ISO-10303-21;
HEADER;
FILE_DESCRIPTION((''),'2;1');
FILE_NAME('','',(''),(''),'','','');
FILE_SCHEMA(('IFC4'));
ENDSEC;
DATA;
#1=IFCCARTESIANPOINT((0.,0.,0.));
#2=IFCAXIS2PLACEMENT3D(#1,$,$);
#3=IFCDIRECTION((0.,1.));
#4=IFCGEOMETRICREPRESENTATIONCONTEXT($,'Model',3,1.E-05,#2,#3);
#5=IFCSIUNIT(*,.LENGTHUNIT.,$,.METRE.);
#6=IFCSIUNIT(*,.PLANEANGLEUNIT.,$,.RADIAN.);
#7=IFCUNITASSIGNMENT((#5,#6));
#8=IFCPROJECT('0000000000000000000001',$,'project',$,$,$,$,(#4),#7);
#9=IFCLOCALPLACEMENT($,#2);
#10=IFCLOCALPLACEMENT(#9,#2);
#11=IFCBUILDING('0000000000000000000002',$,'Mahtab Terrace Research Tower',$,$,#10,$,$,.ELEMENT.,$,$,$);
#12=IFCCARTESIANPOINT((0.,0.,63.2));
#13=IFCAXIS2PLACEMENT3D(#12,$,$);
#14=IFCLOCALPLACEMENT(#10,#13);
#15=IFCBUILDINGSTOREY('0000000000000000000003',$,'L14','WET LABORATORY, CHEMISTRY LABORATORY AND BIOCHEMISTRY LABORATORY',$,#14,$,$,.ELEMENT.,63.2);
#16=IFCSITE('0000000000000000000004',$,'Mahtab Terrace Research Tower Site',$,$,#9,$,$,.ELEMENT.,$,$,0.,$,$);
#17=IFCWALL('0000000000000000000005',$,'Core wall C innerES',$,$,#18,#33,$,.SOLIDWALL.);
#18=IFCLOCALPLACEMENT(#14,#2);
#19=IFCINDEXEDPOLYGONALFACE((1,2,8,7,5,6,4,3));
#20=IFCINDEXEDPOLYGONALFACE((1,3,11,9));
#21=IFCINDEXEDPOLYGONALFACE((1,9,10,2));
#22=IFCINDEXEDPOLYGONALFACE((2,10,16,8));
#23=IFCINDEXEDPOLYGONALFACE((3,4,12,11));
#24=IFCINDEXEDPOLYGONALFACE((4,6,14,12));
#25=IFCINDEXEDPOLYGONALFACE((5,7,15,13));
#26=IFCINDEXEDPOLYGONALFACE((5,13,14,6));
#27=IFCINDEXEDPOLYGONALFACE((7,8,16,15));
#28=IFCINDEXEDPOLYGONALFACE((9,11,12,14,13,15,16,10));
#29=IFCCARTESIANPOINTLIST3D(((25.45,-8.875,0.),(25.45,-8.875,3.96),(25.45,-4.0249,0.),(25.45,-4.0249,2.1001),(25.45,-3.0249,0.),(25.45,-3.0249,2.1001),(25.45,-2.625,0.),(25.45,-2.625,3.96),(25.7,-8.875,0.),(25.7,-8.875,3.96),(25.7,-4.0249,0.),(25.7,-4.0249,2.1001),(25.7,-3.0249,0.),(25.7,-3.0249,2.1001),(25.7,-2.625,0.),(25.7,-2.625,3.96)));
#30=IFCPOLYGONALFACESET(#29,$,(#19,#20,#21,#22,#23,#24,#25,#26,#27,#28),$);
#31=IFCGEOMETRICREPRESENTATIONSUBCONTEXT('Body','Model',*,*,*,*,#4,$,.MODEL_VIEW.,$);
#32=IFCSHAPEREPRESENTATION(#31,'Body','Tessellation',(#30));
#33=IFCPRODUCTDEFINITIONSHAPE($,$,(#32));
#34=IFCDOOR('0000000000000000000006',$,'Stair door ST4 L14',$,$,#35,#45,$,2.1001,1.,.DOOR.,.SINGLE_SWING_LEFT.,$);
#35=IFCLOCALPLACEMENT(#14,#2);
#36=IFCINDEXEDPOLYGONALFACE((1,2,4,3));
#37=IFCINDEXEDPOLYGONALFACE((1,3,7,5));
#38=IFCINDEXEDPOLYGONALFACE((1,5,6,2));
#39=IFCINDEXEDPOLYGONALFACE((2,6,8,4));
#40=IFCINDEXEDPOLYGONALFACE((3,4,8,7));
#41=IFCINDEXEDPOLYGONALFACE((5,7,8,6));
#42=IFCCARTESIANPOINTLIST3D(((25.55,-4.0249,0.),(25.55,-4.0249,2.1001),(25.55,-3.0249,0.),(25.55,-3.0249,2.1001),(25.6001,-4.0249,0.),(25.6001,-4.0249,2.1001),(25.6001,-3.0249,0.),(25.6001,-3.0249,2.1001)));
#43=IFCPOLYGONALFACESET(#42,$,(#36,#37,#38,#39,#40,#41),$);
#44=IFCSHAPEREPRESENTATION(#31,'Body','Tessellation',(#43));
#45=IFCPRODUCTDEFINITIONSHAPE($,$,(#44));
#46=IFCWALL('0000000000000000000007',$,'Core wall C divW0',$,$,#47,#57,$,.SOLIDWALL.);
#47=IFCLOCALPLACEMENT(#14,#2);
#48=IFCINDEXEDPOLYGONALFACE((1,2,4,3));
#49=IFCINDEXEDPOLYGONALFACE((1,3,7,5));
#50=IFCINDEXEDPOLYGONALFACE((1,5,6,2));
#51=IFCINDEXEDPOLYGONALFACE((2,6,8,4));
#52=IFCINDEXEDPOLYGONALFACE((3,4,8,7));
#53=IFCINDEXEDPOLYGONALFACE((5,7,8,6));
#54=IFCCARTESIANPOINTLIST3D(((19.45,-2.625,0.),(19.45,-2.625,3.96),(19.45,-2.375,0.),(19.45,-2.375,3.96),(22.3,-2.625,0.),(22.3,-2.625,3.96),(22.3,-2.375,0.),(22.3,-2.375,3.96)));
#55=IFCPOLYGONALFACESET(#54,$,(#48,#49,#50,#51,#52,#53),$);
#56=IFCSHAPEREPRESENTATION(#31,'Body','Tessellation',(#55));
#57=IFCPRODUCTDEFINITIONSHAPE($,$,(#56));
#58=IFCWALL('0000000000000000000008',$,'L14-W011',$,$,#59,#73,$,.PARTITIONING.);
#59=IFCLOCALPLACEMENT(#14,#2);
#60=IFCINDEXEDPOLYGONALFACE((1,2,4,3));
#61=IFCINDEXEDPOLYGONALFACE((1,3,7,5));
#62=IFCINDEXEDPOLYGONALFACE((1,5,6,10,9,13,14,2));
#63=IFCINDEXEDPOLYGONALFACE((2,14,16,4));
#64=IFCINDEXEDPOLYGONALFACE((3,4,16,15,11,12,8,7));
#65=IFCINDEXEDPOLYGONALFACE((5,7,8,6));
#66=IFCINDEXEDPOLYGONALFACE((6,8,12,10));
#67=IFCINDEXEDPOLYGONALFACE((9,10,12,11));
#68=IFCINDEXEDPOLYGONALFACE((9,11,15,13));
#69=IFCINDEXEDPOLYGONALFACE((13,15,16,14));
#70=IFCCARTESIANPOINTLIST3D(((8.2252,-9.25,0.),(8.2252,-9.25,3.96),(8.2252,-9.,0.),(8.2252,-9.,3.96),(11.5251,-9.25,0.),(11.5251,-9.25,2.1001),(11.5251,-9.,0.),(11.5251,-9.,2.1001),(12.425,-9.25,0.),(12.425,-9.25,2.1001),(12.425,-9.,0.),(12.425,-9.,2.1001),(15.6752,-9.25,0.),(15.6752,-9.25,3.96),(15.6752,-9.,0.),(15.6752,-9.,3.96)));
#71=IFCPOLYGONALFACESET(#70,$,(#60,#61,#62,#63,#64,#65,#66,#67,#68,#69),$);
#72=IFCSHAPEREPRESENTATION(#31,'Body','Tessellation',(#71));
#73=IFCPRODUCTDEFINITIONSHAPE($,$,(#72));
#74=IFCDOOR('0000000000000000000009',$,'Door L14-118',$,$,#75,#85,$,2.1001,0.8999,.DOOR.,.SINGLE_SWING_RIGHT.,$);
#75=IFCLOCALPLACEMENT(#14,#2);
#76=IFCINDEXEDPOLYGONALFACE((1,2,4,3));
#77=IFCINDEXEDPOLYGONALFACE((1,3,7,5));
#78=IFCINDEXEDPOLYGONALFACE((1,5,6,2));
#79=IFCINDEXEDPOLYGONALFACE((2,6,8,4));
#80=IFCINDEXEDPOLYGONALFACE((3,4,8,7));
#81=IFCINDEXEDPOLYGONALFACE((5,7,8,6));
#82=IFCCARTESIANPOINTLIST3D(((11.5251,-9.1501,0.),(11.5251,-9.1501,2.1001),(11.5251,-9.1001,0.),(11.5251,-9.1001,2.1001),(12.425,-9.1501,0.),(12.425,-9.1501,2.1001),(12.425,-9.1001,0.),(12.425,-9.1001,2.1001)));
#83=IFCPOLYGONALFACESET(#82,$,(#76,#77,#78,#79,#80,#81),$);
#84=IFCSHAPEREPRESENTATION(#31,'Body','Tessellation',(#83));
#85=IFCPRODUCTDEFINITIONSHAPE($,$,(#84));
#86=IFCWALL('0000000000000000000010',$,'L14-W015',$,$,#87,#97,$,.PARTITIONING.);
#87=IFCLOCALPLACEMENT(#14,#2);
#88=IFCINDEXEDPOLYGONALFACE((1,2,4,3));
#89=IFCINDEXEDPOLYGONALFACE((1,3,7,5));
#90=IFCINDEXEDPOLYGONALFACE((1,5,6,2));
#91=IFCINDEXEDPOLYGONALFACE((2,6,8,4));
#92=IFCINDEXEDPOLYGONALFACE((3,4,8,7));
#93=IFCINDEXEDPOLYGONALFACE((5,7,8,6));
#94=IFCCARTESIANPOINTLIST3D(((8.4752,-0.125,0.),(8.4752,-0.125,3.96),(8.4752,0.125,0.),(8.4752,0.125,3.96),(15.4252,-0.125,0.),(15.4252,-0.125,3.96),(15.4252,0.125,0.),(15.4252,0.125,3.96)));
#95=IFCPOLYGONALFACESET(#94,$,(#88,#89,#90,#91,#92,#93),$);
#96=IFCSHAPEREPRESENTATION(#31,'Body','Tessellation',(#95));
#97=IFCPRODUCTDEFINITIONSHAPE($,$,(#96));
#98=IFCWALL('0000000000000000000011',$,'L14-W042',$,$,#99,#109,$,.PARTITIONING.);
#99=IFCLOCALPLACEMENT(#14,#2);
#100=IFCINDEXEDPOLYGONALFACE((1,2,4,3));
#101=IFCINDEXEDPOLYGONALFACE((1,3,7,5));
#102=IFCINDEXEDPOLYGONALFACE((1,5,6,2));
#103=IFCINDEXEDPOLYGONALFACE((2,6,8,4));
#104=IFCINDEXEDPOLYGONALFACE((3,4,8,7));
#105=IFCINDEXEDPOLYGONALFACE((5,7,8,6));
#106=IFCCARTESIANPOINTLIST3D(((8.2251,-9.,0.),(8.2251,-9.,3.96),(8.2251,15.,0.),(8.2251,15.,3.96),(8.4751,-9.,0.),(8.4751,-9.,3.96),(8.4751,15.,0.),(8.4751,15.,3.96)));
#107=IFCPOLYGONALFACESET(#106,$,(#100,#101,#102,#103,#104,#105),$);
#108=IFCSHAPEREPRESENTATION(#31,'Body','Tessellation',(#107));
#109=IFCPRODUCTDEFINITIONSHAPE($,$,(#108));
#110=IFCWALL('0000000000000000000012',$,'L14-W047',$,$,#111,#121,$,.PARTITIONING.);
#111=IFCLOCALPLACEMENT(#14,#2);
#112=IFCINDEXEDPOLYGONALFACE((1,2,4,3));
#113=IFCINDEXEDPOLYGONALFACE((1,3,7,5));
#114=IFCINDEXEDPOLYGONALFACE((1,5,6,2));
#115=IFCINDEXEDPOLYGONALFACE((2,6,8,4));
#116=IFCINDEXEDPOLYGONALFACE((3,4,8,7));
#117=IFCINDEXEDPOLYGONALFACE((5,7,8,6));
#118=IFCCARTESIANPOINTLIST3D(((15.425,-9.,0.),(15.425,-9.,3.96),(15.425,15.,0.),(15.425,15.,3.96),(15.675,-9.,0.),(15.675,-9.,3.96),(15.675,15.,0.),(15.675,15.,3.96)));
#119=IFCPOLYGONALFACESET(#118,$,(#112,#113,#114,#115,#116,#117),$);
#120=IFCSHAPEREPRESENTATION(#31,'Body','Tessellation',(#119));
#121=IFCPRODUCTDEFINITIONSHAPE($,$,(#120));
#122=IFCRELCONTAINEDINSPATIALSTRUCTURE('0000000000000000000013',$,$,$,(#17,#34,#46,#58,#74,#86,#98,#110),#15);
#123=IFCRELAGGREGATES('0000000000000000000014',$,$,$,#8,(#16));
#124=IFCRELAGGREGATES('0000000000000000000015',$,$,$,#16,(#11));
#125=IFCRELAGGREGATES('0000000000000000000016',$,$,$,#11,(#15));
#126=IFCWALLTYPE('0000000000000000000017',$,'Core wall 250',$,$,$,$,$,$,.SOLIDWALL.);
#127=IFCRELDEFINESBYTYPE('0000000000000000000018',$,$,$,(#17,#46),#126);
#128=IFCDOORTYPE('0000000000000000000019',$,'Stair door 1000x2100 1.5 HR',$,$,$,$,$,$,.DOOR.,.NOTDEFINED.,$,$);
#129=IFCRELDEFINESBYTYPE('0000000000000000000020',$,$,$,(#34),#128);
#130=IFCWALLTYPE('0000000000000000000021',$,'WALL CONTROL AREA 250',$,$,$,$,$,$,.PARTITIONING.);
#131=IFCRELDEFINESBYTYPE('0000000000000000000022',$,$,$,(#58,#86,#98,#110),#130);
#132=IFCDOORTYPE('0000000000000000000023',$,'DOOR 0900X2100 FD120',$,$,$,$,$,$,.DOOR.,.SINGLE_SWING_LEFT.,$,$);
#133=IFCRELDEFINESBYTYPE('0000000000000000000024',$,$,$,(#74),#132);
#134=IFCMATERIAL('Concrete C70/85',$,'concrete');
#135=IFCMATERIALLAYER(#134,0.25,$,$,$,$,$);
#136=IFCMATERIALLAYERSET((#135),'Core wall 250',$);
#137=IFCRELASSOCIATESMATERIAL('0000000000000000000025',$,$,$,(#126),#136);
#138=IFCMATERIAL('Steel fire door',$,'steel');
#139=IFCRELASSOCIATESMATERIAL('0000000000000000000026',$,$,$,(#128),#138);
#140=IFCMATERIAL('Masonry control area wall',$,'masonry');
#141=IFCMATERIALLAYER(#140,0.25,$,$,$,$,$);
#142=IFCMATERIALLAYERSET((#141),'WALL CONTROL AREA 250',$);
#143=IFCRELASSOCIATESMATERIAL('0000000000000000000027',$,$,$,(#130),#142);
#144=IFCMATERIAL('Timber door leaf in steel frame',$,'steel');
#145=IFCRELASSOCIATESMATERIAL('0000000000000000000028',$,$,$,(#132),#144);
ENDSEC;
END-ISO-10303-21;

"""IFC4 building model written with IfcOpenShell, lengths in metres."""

from ifc_helpers import new_model, si_unit, direction, frame, frame_2d, origin, place, context, subcontext, project, spatial, rectangle, extrude, material, layer, layer_set, type_object, element, fill, save


model = new_model("IFC4")

# Units and contexts
model_context = context("Model", 3, precision=1e-05, world=origin(), true_north=direction((0.0, 1.0)))
body_context = subcontext(model_context, "Body", "Model", "MODEL_VIEW")
ifc_project = project(units=[si_unit("LENGTHUNIT", "METRE"), si_unit("PLANEANGLEUNIT", "RADIAN")], contexts=[model_context])

# Site, building, storey
site_placement = place(None, origin())
site = spatial("IfcSite", under=ifc_project, at=site_placement, Name="Mahtab Terrace Research Tower Site", CompositionType="ELEMENT", RefElevation=0.0)
building_placement = place(site_placement, origin())
building = spatial("IfcBuilding", under=site, at=building_placement, Name="Mahtab Terrace Research Tower", CompositionType="ELEMENT")
storey_placement = place(building_placement, frame((0.0, 0.0, 63.2)))
storey = spatial("IfcBuildingStorey", under=building, at=storey_placement, Name="L14", Description="WET LABORATORY, CHEMISTRY LABORATORY AND BIOCHEMISTRY LABORATORY", CompositionType="ELEMENT", Elevation=63.2)

# Shared definitions
ifc_material_1 = material(Name="Concrete C70/85", Category="concrete")

# Shared definitions
ifc_layer_1 = layer(ifc_material_1, 0.25)
ifc_layer_set_1 = layer_set([ifc_layer_1], Name="Core wall 250")
wall_type_1 = type_object("IfcWallType", Name="Core wall 250", PredefinedType="SOLIDWALL", material=ifc_layer_set_1)
ifc_material_2 = material(Name="Steel fire door", Category="steel")

# Wall, opening, door
wall_1_placement = place(storey_placement, frame((25.575, -8.875, 0.0), z_axis=(0.0, 0.0, 1.0), x_axis=(0.0, 1.0, 0.0)))
wall_1 = element("IfcWall", 1, at=wall_1_placement, inside=storey, type_object=wall_type_1, Name="Core wall C innerES", PredefinedType="SOLIDWALL", context=body_context, shape_type="SweptSolid", body=[
    extrude(rectangle(XDim=6.25, YDim=0.25, at=frame_2d((3.125, 0.0))), origin(), (0.0, 0.0, 1.0), 3.96),
])
opening_1_placement = place(wall_1_placement, frame((4.8501, 0.0, 0.0)))
opening_1 = element("IfcOpeningElement", 2, at=opening_1_placement, cuts=wall_1, PredefinedType="OPENING", context=body_context, shape_type="SweptSolid", body=[
    extrude(rectangle(XDim=1.0, YDim=2.1001, at=frame_2d((0.5, 1.05))), frame((0.0, 0.135, 0.0), z_axis=(0.0, -1.0, 0.0), x_axis=(1.0, 0.0, 0.0)), (0.0, 0.0, 1.0), 0.27),
])
door_type_1 = type_object("IfcDoorType", Name="Stair door 1000x2100 1.5 HR", OperationType="NOTDEFINED", PredefinedType="DOOR", material=ifc_material_2)
door_1_placement = place(opening_1_placement, origin())
door_1 = element("IfcDoor", 3, at=door_1_placement, inside=storey, type_object=door_type_1, Name="Stair door ST4 L14", OperationType="SINGLE_SWING_LEFT", OverallHeight=2.1001, OverallWidth=1.0, PredefinedType="DOOR", context=body_context, shape_type="SweptSolid", body=[
    extrude(rectangle(XDim=1.0, YDim=2.1001, at=frame_2d((0.5, 1.05))), frame((0.0, 0.0249, 0.0), z_axis=(0.0, -1.0, 0.0), x_axis=(1.0, 0.0, 0.0)), (0.0, 0.0, 1.0), 0.05),
])
fill(opening_1, door_1)

# Wall
wall_2_placement = place(storey_placement, frame((19.45, -2.5, 0.0), z_axis=(0.0, 0.0, 1.0), x_axis=(1.0, 0.0, 0.0)))
element("IfcWall", 4, at=wall_2_placement, inside=storey, type_object=wall_type_1, Name="Core wall C divW0", PredefinedType="SOLIDWALL", context=body_context, shape_type="SweptSolid", body=[
    extrude(rectangle(XDim=2.8501, YDim=0.25, at=frame_2d((1.425, 0.0))), origin(), (0.0, 0.0, 1.0), 3.96),
])

# Wall, opening, door
ifc_material_3 = material(Name="Masonry control area wall", Category="masonry")
ifc_layer_2 = layer(ifc_material_3, 0.25)
ifc_layer_set_2 = layer_set([ifc_layer_2], Name="WALL CONTROL AREA 250")
wall_type_2 = type_object("IfcWallType", Name="WALL CONTROL AREA 250", PredefinedType="PARTITIONING", material=ifc_layer_set_2)
wall_3_placement = place(storey_placement, frame((8.2251, -9.125, 0.0), z_axis=(0.0, 0.0, 1.0), x_axis=(1.0, 0.0, 0.0)))
wall_3 = element("IfcWall", 5, at=wall_3_placement, inside=storey, type_object=wall_type_2, Name="L14-W011", PredefinedType="PARTITIONING", context=body_context, shape_type="SweptSolid", body=[
    extrude(rectangle(XDim=7.45, YDim=0.25, at=frame_2d((3.7251, 0.0))), origin(), (0.0, 0.0, 1.0), 3.96),
])
opening_2_placement = place(wall_3_placement, frame((3.3, 0.0, 0.0)))
opening_2 = element("IfcOpeningElement", 6, at=opening_2_placement, cuts=wall_3, PredefinedType="OPENING", context=body_context, shape_type="SweptSolid", body=[
    extrude(rectangle(XDim=0.8999, YDim=2.1001, at=frame_2d((0.45, 1.05))), frame((0.0, 0.135, 0.0), z_axis=(0.0, -1.0, 0.0), x_axis=(1.0, 0.0, 0.0)), (0.0, 0.0, 1.0), 0.27),
])
ifc_material_4 = material(Name="Timber door leaf in steel frame", Category="steel")
door_type_2 = type_object("IfcDoorType", Name="DOOR 0900X2100 FD120", OperationType="SINGLE_SWING_LEFT", PredefinedType="DOOR", material=ifc_material_4)
door_2_placement = place(opening_2_placement, origin())
door_2 = element("IfcDoor", 7, at=door_2_placement, inside=storey, type_object=door_type_2, Name="Door L14-118", OperationType="SINGLE_SWING_RIGHT", OverallHeight=2.1001, OverallWidth=0.8999, PredefinedType="DOOR", context=body_context, shape_type="SweptSolid", body=[
    extrude(rectangle(XDim=0.8999, YDim=2.1001, at=frame_2d((0.45, 1.05))), frame((0.0, 0.0249, 0.0), z_axis=(0.0, -1.0, 0.0), x_axis=(1.0, 0.0, 0.0)), (0.0, 0.0, 1.0), 0.05),
])
fill(opening_2, door_2)

# Walls
wall_4_placement = place(storey_placement, frame((8.4751, 0.0, 0.0), z_axis=(0.0, 0.0, 1.0), x_axis=(1.0, 0.0, 0.0)))
element("IfcWall", 8, at=wall_4_placement, inside=storey, type_object=wall_type_2, Name="L14-W015", PredefinedType="PARTITIONING", context=body_context, shape_type="SweptSolid", body=[
    extrude(rectangle(XDim=6.95, YDim=0.25, at=frame_2d((3.4751, 0.0))), origin(), (0.0, 0.0, 1.0), 3.96),
])
for number, where, z_axis, x_axis, name in (
    (9, (8.3501, -9.0, 0.0), (0.0, 0.0, 1.0), (0.0, 1.0, 0.0), "L14-W042"),
    (10, (15.55, -9.0, 0.0), (0.0, 0.0, 1.0), (0.0, 1.0, 0.0), "L14-W047"),
):
    element("IfcWall", number, at=place(storey_placement, frame(where, z_axis=z_axis, x_axis=x_axis)), inside=storey, type_object=wall_type_2, Name=name, PredefinedType="PARTITIONING", context=body_context, shape_type="SweptSolid", body=[
        extrude(rectangle(XDim=24.0, YDim=0.25, at=frame_2d((12.0, 0.0))), origin(), (0.0, 0.0, 1.0), 3.96),
    ])

save(model, "model.ifc")
